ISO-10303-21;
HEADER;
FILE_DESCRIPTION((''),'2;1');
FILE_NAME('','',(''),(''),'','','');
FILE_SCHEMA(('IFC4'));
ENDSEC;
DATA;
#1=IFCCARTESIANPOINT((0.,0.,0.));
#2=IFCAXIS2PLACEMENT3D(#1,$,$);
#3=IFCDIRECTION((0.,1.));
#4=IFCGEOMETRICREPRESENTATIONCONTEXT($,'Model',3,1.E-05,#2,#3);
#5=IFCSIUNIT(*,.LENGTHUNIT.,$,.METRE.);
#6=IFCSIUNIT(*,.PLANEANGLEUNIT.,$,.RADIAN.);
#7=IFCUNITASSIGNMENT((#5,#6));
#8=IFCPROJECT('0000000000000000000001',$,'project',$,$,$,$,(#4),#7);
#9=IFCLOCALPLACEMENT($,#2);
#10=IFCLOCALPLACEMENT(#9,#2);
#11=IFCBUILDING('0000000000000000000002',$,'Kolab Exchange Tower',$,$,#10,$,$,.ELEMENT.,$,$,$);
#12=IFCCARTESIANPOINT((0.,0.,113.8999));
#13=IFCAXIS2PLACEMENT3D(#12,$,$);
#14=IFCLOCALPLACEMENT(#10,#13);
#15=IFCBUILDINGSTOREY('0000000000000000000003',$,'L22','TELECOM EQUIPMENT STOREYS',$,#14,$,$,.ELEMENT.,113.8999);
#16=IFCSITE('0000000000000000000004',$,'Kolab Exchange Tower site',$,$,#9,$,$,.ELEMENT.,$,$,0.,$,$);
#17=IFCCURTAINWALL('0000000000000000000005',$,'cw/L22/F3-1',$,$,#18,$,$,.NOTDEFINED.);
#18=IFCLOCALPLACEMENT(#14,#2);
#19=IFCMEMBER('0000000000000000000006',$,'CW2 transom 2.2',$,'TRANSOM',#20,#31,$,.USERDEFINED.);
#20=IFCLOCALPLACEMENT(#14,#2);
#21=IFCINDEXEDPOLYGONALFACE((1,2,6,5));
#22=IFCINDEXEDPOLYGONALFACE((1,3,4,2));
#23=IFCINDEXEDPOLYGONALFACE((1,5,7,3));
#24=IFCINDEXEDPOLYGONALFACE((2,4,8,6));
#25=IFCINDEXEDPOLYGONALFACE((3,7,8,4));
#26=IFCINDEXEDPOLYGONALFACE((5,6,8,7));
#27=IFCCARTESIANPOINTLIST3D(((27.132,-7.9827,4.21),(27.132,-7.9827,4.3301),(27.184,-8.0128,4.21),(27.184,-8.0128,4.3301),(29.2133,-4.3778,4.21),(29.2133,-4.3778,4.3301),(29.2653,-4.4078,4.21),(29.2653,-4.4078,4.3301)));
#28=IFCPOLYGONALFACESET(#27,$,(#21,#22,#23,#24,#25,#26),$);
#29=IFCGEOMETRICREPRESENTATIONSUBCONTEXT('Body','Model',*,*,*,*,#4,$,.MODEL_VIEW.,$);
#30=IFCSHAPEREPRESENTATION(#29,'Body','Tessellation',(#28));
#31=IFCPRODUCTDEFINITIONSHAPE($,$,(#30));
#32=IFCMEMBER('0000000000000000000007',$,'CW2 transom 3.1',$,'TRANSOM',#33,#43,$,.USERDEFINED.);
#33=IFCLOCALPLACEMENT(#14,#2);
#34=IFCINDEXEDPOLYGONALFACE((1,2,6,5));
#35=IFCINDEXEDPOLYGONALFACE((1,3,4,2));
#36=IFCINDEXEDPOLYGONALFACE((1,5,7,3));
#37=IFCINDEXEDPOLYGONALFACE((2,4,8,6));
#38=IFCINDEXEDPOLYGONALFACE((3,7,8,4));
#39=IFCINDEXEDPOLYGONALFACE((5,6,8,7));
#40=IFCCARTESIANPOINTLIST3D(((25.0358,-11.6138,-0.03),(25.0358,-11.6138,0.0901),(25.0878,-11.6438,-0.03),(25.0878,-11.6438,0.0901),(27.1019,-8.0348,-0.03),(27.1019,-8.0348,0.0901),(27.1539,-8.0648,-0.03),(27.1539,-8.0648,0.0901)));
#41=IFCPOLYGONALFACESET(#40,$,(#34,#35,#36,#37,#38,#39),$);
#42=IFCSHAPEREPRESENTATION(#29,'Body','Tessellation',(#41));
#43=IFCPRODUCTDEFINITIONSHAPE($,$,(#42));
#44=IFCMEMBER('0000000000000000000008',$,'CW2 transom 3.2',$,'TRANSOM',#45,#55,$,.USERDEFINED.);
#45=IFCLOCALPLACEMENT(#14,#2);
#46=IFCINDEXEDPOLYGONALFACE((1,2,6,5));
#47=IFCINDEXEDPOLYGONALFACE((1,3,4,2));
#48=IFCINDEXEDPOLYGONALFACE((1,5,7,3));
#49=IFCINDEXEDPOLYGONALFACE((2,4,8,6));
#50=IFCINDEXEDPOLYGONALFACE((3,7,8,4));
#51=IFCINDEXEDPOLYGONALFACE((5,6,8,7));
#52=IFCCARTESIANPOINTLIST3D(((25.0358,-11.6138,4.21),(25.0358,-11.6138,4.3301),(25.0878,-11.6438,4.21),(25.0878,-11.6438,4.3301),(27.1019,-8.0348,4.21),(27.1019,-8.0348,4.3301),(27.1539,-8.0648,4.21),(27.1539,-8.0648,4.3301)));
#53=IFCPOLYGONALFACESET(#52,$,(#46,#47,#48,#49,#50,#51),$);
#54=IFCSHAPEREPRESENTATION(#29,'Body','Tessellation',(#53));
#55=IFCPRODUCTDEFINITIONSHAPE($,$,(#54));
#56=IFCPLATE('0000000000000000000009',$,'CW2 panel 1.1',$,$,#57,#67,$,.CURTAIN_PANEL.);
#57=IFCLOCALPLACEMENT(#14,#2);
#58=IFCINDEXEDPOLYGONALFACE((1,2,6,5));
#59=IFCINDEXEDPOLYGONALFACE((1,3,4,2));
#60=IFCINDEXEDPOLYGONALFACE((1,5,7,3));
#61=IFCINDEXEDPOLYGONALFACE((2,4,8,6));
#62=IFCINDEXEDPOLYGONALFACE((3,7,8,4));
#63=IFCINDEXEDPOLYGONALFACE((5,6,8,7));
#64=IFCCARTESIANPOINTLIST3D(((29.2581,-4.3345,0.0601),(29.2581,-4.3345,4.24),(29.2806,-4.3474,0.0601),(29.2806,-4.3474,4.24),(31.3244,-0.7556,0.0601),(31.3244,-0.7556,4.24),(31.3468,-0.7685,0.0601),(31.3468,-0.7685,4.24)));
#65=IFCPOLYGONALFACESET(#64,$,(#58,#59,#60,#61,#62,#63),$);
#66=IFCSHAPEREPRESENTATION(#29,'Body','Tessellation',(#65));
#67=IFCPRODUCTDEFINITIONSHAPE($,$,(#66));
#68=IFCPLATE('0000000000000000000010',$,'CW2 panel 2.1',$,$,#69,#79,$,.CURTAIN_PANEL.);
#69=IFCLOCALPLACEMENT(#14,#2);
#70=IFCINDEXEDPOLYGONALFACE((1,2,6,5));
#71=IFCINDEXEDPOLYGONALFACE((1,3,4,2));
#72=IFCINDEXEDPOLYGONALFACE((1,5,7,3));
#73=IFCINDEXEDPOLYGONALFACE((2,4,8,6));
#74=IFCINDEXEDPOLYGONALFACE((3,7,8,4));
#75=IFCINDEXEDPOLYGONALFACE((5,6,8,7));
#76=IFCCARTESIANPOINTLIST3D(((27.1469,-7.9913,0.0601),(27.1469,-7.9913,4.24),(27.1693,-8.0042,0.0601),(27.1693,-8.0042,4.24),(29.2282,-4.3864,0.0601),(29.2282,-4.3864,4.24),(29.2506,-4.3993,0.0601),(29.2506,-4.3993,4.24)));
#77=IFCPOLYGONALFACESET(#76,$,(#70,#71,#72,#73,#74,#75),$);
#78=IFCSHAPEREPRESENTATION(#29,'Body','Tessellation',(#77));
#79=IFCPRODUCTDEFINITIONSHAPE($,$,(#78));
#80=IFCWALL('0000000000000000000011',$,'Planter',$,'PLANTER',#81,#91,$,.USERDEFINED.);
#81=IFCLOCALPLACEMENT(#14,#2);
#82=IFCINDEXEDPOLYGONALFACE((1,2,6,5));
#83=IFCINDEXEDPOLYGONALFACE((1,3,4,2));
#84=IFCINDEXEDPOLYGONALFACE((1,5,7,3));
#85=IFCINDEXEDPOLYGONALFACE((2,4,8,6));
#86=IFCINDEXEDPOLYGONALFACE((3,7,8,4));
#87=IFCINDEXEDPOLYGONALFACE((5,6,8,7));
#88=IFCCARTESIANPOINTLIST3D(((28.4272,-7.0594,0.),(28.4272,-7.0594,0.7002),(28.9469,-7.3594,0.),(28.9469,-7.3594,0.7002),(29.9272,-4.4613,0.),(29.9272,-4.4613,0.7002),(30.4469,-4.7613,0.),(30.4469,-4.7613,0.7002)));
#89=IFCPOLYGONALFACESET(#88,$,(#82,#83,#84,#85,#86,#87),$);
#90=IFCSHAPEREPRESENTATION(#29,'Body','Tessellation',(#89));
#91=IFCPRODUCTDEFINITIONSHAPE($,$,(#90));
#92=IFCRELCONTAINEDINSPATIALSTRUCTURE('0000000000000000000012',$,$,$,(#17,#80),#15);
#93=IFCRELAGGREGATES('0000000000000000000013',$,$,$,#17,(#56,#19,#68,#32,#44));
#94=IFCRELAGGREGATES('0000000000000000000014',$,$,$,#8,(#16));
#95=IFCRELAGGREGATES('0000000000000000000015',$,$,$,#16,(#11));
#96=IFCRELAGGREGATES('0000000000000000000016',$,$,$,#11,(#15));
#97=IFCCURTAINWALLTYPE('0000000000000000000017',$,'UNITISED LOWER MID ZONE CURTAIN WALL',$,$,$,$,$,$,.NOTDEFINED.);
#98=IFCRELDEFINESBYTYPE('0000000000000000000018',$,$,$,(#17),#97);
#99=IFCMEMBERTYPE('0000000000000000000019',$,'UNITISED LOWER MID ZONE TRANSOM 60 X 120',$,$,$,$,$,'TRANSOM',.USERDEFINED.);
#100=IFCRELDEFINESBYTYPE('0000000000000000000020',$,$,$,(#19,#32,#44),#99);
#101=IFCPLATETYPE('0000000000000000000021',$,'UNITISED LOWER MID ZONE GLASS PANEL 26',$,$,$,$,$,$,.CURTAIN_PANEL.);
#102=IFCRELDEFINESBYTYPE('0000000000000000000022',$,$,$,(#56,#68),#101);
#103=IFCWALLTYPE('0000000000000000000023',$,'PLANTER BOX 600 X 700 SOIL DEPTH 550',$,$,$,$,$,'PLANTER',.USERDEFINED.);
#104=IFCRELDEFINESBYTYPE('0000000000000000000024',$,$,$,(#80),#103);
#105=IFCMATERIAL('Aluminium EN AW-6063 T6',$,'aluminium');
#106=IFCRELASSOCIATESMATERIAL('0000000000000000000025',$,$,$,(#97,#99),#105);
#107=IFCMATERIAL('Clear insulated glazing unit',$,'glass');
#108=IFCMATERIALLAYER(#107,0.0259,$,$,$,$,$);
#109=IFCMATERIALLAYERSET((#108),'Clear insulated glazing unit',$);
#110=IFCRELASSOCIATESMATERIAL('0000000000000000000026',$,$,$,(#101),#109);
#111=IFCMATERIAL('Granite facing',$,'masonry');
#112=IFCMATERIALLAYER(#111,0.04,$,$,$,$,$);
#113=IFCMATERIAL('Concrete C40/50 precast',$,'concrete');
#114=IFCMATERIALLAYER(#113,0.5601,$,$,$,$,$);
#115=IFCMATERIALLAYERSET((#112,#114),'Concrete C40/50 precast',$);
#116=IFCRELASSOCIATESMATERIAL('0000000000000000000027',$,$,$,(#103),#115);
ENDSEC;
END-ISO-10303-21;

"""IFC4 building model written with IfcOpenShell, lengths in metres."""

from ifc_helpers import new_model, si_unit, direction, frame, frame_2d, origin, origin_2d, place, context, subcontext, project, spatial, rectangle, extrude, material, layer, layer_set, material_profile, profile_set, type_object, element, aggregate, save


model = new_model("IFC4")

# Units and contexts
model_context = context("Model", 3, precision=1e-05, world=origin(), true_north=direction((0.0, 1.0)))
body_context = subcontext(model_context, "Body", "Model", "MODEL_VIEW")
ifc_project = project(units=[si_unit("LENGTHUNIT", "METRE"), si_unit("PLANEANGLEUNIT", "RADIAN")], contexts=[model_context])

# Site, building, storey
site_placement = place(None, origin())
site = spatial("IfcSite", under=ifc_project, at=site_placement, Name="Kolab Exchange Tower site", CompositionType="ELEMENT", RefElevation=0.0)
building_placement = place(site_placement, origin())
building = spatial("IfcBuilding", under=site, at=building_placement, Name="Kolab Exchange Tower", CompositionType="ELEMENT")
storey_placement = place(building_placement, frame((0.0, 0.0, 113.8999)))
storey = spatial("IfcBuildingStorey", under=building, at=storey_placement, Name="L22", Description="TELECOM EQUIPMENT STOREYS", CompositionType="ELEMENT", Elevation=113.8999)

# Curtain wall
ifc_material_1 = material(Name="Aluminium EN AW-6063 T6", Category="aluminium")
curtain_wall_type = type_object("IfcCurtainWallType", Name="UNITISED LOWER MID ZONE CURTAIN WALL", PredefinedType="NOTDEFINED", material=ifc_material_1)
curtain_wall_1_placement = place(storey_placement, origin())
curtain_wall_1 = element("IfcCurtainWall", 1, at=curtain_wall_1_placement, inside=storey, type_object=curtain_wall_type, Name="cw/L22/F3-1", PredefinedType="NOTDEFINED")

# Members
ifc_material_profile_1 = material_profile(ifc_material_1, rectangle(XDim=0.0601, YDim=0.1201, at=origin_2d()), Name="RECT 60X120")
ifc_profile_set_1 = profile_set([ifc_material_profile_1], Name="Aluminium EN AW-6063 T6")
member_type_1 = type_object("IfcMemberType", Name="UNITISED LOWER MID ZONE TRANSOM 60 X 120", ElementType="TRANSOM", PredefinedType="USERDEFINED", material=ifc_profile_set_1)
member_1_placement = place(storey_placement, frame((29.2393, -4.3928, 4.27), z_axis=(-0.499993, -0.866029, 0.0), x_axis=(0.866029, -0.499993, 0.0)))
member_1 = element("IfcMember", 2, at=member_1_placement, type_object=member_type_1, Name="CW2 transom 2.2", ObjectType="TRANSOM", PredefinedType="USERDEFINED", context=body_context, shape_type="SweptSolid", body=[
    extrude(rectangle(XDim=0.0601, YDim=0.1201, at=origin_2d()), origin(), (0.0, 0.0, 1.0), 4.1626),
])
member_2_placement = place(storey_placement, frame((27.1279, -8.0498, 0.03), z_axis=(-0.499958, -0.86605, 0.0), x_axis=(0.86605, -0.499958, 0.0)))
member_2 = element("IfcMember", 3, at=member_2_placement, type_object=member_type_1, Name="CW2 transom 3.1", ObjectType="TRANSOM", PredefinedType="USERDEFINED", context=body_context, shape_type="SweptSolid", body=[
    extrude(rectangle(XDim=0.0601, YDim=0.1201, at=origin_2d()), origin(), (0.0, 0.0, 1.0), 4.1326),
])
member_3_placement = place(storey_placement, frame((27.1279, -8.0498, 4.27), z_axis=(-0.499958, -0.86605, 0.0), x_axis=(0.86605, -0.499958, 0.0)))
member_3 = element("IfcMember", 4, at=member_3_placement, type_object=member_type_1, Name="CW2 transom 3.2", ObjectType="TRANSOM", PredefinedType="USERDEFINED", context=body_context, shape_type="SweptSolid", body=[
    extrude(rectangle(XDim=0.0601, YDim=0.1201, at=origin_2d()), origin(), (0.0, 0.0, 1.0), 4.1326),
])

# Plates
ifc_material_2 = material(Name="Clear insulated glazing unit", Category="glass")
ifc_layer_1 = layer(ifc_material_2, 0.0259)
ifc_layer_set_1 = layer_set([ifc_layer_1], Name="Clear insulated glazing unit")
plate_type = type_object("IfcPlateType", Name="UNITISED LOWER MID ZONE GLASS PANEL 26", PredefinedType="CURTAIN_PANEL", material=ifc_layer_set_1)
plate_1_placement = place(storey_placement, frame((30.3025, -2.5515, 0.0601), z_axis=(0.0, 0.0, 1.0), x_axis=(-0.5, -0.866025, 0.0)))
plate_1 = element("IfcPlate", 5, at=plate_1_placement, type_object=plate_type, Name="CW2 panel 1.1", PredefinedType="CURTAIN_PANEL", context=body_context, shape_type="SweptSolid", body=[
    extrude(rectangle(XDim=4.1326, YDim=0.0259, at=origin_2d()), origin(), (0.0, 0.0, 1.0), 4.1799),
])
plate_2_placement = place(storey_placement, frame((28.1987, -6.1953, 0.0601), z_axis=(0.0, 0.0, 1.0), x_axis=(-0.5, -0.866025, 0.0)))
plate_2 = element("IfcPlate", 6, at=plate_2_placement, type_object=plate_type, Name="CW2 panel 2.1", PredefinedType="CURTAIN_PANEL", context=body_context, shape_type="SweptSolid", body=[
    extrude(rectangle(XDim=4.1626, YDim=0.0259, at=origin_2d()), origin(), (0.0, 0.0, 1.0), 4.1799),
])
aggregate(curtain_wall_1, [plate_1, member_1, plate_2, member_2, member_3])

# Wall
ifc_material_3 = material(Name="Granite facing", Category="masonry")
ifc_layer_2 = layer(ifc_material_3, 0.04)
ifc_material_4 = material(Name="Concrete C40/50 precast", Category="concrete")
ifc_layer_3 = layer(ifc_material_4, 0.5601)
ifc_layer_set_2 = layer_set([ifc_layer_2, ifc_layer_3], Name="Concrete C40/50 precast")
wall_type = type_object("IfcWallType", Name="PLANTER BOX 600 X 700 SOIL DEPTH 550", ElementType="PLANTER", PredefinedType="USERDEFINED", material=ifc_layer_set_2)
wall_placement = place(storey_placement, frame((30.187, -4.6113, 0.0), z_axis=(0.0, 0.0, 1.0), x_axis=(-0.49999, -0.866031, 0.0)))
element("IfcWall", 7, at=wall_placement, inside=storey, type_object=wall_type, Name="Planter", ObjectType="PLANTER", PredefinedType="USERDEFINED", context=body_context, shape_type="SweptSolid", body=[
    extrude(rectangle(XDim=3.0, YDim=0.6001, at=frame_2d((1.5, 0.0))), origin(), (0.0, 0.0, 1.0), 0.7002),
])

save(model, "model.ifc")
